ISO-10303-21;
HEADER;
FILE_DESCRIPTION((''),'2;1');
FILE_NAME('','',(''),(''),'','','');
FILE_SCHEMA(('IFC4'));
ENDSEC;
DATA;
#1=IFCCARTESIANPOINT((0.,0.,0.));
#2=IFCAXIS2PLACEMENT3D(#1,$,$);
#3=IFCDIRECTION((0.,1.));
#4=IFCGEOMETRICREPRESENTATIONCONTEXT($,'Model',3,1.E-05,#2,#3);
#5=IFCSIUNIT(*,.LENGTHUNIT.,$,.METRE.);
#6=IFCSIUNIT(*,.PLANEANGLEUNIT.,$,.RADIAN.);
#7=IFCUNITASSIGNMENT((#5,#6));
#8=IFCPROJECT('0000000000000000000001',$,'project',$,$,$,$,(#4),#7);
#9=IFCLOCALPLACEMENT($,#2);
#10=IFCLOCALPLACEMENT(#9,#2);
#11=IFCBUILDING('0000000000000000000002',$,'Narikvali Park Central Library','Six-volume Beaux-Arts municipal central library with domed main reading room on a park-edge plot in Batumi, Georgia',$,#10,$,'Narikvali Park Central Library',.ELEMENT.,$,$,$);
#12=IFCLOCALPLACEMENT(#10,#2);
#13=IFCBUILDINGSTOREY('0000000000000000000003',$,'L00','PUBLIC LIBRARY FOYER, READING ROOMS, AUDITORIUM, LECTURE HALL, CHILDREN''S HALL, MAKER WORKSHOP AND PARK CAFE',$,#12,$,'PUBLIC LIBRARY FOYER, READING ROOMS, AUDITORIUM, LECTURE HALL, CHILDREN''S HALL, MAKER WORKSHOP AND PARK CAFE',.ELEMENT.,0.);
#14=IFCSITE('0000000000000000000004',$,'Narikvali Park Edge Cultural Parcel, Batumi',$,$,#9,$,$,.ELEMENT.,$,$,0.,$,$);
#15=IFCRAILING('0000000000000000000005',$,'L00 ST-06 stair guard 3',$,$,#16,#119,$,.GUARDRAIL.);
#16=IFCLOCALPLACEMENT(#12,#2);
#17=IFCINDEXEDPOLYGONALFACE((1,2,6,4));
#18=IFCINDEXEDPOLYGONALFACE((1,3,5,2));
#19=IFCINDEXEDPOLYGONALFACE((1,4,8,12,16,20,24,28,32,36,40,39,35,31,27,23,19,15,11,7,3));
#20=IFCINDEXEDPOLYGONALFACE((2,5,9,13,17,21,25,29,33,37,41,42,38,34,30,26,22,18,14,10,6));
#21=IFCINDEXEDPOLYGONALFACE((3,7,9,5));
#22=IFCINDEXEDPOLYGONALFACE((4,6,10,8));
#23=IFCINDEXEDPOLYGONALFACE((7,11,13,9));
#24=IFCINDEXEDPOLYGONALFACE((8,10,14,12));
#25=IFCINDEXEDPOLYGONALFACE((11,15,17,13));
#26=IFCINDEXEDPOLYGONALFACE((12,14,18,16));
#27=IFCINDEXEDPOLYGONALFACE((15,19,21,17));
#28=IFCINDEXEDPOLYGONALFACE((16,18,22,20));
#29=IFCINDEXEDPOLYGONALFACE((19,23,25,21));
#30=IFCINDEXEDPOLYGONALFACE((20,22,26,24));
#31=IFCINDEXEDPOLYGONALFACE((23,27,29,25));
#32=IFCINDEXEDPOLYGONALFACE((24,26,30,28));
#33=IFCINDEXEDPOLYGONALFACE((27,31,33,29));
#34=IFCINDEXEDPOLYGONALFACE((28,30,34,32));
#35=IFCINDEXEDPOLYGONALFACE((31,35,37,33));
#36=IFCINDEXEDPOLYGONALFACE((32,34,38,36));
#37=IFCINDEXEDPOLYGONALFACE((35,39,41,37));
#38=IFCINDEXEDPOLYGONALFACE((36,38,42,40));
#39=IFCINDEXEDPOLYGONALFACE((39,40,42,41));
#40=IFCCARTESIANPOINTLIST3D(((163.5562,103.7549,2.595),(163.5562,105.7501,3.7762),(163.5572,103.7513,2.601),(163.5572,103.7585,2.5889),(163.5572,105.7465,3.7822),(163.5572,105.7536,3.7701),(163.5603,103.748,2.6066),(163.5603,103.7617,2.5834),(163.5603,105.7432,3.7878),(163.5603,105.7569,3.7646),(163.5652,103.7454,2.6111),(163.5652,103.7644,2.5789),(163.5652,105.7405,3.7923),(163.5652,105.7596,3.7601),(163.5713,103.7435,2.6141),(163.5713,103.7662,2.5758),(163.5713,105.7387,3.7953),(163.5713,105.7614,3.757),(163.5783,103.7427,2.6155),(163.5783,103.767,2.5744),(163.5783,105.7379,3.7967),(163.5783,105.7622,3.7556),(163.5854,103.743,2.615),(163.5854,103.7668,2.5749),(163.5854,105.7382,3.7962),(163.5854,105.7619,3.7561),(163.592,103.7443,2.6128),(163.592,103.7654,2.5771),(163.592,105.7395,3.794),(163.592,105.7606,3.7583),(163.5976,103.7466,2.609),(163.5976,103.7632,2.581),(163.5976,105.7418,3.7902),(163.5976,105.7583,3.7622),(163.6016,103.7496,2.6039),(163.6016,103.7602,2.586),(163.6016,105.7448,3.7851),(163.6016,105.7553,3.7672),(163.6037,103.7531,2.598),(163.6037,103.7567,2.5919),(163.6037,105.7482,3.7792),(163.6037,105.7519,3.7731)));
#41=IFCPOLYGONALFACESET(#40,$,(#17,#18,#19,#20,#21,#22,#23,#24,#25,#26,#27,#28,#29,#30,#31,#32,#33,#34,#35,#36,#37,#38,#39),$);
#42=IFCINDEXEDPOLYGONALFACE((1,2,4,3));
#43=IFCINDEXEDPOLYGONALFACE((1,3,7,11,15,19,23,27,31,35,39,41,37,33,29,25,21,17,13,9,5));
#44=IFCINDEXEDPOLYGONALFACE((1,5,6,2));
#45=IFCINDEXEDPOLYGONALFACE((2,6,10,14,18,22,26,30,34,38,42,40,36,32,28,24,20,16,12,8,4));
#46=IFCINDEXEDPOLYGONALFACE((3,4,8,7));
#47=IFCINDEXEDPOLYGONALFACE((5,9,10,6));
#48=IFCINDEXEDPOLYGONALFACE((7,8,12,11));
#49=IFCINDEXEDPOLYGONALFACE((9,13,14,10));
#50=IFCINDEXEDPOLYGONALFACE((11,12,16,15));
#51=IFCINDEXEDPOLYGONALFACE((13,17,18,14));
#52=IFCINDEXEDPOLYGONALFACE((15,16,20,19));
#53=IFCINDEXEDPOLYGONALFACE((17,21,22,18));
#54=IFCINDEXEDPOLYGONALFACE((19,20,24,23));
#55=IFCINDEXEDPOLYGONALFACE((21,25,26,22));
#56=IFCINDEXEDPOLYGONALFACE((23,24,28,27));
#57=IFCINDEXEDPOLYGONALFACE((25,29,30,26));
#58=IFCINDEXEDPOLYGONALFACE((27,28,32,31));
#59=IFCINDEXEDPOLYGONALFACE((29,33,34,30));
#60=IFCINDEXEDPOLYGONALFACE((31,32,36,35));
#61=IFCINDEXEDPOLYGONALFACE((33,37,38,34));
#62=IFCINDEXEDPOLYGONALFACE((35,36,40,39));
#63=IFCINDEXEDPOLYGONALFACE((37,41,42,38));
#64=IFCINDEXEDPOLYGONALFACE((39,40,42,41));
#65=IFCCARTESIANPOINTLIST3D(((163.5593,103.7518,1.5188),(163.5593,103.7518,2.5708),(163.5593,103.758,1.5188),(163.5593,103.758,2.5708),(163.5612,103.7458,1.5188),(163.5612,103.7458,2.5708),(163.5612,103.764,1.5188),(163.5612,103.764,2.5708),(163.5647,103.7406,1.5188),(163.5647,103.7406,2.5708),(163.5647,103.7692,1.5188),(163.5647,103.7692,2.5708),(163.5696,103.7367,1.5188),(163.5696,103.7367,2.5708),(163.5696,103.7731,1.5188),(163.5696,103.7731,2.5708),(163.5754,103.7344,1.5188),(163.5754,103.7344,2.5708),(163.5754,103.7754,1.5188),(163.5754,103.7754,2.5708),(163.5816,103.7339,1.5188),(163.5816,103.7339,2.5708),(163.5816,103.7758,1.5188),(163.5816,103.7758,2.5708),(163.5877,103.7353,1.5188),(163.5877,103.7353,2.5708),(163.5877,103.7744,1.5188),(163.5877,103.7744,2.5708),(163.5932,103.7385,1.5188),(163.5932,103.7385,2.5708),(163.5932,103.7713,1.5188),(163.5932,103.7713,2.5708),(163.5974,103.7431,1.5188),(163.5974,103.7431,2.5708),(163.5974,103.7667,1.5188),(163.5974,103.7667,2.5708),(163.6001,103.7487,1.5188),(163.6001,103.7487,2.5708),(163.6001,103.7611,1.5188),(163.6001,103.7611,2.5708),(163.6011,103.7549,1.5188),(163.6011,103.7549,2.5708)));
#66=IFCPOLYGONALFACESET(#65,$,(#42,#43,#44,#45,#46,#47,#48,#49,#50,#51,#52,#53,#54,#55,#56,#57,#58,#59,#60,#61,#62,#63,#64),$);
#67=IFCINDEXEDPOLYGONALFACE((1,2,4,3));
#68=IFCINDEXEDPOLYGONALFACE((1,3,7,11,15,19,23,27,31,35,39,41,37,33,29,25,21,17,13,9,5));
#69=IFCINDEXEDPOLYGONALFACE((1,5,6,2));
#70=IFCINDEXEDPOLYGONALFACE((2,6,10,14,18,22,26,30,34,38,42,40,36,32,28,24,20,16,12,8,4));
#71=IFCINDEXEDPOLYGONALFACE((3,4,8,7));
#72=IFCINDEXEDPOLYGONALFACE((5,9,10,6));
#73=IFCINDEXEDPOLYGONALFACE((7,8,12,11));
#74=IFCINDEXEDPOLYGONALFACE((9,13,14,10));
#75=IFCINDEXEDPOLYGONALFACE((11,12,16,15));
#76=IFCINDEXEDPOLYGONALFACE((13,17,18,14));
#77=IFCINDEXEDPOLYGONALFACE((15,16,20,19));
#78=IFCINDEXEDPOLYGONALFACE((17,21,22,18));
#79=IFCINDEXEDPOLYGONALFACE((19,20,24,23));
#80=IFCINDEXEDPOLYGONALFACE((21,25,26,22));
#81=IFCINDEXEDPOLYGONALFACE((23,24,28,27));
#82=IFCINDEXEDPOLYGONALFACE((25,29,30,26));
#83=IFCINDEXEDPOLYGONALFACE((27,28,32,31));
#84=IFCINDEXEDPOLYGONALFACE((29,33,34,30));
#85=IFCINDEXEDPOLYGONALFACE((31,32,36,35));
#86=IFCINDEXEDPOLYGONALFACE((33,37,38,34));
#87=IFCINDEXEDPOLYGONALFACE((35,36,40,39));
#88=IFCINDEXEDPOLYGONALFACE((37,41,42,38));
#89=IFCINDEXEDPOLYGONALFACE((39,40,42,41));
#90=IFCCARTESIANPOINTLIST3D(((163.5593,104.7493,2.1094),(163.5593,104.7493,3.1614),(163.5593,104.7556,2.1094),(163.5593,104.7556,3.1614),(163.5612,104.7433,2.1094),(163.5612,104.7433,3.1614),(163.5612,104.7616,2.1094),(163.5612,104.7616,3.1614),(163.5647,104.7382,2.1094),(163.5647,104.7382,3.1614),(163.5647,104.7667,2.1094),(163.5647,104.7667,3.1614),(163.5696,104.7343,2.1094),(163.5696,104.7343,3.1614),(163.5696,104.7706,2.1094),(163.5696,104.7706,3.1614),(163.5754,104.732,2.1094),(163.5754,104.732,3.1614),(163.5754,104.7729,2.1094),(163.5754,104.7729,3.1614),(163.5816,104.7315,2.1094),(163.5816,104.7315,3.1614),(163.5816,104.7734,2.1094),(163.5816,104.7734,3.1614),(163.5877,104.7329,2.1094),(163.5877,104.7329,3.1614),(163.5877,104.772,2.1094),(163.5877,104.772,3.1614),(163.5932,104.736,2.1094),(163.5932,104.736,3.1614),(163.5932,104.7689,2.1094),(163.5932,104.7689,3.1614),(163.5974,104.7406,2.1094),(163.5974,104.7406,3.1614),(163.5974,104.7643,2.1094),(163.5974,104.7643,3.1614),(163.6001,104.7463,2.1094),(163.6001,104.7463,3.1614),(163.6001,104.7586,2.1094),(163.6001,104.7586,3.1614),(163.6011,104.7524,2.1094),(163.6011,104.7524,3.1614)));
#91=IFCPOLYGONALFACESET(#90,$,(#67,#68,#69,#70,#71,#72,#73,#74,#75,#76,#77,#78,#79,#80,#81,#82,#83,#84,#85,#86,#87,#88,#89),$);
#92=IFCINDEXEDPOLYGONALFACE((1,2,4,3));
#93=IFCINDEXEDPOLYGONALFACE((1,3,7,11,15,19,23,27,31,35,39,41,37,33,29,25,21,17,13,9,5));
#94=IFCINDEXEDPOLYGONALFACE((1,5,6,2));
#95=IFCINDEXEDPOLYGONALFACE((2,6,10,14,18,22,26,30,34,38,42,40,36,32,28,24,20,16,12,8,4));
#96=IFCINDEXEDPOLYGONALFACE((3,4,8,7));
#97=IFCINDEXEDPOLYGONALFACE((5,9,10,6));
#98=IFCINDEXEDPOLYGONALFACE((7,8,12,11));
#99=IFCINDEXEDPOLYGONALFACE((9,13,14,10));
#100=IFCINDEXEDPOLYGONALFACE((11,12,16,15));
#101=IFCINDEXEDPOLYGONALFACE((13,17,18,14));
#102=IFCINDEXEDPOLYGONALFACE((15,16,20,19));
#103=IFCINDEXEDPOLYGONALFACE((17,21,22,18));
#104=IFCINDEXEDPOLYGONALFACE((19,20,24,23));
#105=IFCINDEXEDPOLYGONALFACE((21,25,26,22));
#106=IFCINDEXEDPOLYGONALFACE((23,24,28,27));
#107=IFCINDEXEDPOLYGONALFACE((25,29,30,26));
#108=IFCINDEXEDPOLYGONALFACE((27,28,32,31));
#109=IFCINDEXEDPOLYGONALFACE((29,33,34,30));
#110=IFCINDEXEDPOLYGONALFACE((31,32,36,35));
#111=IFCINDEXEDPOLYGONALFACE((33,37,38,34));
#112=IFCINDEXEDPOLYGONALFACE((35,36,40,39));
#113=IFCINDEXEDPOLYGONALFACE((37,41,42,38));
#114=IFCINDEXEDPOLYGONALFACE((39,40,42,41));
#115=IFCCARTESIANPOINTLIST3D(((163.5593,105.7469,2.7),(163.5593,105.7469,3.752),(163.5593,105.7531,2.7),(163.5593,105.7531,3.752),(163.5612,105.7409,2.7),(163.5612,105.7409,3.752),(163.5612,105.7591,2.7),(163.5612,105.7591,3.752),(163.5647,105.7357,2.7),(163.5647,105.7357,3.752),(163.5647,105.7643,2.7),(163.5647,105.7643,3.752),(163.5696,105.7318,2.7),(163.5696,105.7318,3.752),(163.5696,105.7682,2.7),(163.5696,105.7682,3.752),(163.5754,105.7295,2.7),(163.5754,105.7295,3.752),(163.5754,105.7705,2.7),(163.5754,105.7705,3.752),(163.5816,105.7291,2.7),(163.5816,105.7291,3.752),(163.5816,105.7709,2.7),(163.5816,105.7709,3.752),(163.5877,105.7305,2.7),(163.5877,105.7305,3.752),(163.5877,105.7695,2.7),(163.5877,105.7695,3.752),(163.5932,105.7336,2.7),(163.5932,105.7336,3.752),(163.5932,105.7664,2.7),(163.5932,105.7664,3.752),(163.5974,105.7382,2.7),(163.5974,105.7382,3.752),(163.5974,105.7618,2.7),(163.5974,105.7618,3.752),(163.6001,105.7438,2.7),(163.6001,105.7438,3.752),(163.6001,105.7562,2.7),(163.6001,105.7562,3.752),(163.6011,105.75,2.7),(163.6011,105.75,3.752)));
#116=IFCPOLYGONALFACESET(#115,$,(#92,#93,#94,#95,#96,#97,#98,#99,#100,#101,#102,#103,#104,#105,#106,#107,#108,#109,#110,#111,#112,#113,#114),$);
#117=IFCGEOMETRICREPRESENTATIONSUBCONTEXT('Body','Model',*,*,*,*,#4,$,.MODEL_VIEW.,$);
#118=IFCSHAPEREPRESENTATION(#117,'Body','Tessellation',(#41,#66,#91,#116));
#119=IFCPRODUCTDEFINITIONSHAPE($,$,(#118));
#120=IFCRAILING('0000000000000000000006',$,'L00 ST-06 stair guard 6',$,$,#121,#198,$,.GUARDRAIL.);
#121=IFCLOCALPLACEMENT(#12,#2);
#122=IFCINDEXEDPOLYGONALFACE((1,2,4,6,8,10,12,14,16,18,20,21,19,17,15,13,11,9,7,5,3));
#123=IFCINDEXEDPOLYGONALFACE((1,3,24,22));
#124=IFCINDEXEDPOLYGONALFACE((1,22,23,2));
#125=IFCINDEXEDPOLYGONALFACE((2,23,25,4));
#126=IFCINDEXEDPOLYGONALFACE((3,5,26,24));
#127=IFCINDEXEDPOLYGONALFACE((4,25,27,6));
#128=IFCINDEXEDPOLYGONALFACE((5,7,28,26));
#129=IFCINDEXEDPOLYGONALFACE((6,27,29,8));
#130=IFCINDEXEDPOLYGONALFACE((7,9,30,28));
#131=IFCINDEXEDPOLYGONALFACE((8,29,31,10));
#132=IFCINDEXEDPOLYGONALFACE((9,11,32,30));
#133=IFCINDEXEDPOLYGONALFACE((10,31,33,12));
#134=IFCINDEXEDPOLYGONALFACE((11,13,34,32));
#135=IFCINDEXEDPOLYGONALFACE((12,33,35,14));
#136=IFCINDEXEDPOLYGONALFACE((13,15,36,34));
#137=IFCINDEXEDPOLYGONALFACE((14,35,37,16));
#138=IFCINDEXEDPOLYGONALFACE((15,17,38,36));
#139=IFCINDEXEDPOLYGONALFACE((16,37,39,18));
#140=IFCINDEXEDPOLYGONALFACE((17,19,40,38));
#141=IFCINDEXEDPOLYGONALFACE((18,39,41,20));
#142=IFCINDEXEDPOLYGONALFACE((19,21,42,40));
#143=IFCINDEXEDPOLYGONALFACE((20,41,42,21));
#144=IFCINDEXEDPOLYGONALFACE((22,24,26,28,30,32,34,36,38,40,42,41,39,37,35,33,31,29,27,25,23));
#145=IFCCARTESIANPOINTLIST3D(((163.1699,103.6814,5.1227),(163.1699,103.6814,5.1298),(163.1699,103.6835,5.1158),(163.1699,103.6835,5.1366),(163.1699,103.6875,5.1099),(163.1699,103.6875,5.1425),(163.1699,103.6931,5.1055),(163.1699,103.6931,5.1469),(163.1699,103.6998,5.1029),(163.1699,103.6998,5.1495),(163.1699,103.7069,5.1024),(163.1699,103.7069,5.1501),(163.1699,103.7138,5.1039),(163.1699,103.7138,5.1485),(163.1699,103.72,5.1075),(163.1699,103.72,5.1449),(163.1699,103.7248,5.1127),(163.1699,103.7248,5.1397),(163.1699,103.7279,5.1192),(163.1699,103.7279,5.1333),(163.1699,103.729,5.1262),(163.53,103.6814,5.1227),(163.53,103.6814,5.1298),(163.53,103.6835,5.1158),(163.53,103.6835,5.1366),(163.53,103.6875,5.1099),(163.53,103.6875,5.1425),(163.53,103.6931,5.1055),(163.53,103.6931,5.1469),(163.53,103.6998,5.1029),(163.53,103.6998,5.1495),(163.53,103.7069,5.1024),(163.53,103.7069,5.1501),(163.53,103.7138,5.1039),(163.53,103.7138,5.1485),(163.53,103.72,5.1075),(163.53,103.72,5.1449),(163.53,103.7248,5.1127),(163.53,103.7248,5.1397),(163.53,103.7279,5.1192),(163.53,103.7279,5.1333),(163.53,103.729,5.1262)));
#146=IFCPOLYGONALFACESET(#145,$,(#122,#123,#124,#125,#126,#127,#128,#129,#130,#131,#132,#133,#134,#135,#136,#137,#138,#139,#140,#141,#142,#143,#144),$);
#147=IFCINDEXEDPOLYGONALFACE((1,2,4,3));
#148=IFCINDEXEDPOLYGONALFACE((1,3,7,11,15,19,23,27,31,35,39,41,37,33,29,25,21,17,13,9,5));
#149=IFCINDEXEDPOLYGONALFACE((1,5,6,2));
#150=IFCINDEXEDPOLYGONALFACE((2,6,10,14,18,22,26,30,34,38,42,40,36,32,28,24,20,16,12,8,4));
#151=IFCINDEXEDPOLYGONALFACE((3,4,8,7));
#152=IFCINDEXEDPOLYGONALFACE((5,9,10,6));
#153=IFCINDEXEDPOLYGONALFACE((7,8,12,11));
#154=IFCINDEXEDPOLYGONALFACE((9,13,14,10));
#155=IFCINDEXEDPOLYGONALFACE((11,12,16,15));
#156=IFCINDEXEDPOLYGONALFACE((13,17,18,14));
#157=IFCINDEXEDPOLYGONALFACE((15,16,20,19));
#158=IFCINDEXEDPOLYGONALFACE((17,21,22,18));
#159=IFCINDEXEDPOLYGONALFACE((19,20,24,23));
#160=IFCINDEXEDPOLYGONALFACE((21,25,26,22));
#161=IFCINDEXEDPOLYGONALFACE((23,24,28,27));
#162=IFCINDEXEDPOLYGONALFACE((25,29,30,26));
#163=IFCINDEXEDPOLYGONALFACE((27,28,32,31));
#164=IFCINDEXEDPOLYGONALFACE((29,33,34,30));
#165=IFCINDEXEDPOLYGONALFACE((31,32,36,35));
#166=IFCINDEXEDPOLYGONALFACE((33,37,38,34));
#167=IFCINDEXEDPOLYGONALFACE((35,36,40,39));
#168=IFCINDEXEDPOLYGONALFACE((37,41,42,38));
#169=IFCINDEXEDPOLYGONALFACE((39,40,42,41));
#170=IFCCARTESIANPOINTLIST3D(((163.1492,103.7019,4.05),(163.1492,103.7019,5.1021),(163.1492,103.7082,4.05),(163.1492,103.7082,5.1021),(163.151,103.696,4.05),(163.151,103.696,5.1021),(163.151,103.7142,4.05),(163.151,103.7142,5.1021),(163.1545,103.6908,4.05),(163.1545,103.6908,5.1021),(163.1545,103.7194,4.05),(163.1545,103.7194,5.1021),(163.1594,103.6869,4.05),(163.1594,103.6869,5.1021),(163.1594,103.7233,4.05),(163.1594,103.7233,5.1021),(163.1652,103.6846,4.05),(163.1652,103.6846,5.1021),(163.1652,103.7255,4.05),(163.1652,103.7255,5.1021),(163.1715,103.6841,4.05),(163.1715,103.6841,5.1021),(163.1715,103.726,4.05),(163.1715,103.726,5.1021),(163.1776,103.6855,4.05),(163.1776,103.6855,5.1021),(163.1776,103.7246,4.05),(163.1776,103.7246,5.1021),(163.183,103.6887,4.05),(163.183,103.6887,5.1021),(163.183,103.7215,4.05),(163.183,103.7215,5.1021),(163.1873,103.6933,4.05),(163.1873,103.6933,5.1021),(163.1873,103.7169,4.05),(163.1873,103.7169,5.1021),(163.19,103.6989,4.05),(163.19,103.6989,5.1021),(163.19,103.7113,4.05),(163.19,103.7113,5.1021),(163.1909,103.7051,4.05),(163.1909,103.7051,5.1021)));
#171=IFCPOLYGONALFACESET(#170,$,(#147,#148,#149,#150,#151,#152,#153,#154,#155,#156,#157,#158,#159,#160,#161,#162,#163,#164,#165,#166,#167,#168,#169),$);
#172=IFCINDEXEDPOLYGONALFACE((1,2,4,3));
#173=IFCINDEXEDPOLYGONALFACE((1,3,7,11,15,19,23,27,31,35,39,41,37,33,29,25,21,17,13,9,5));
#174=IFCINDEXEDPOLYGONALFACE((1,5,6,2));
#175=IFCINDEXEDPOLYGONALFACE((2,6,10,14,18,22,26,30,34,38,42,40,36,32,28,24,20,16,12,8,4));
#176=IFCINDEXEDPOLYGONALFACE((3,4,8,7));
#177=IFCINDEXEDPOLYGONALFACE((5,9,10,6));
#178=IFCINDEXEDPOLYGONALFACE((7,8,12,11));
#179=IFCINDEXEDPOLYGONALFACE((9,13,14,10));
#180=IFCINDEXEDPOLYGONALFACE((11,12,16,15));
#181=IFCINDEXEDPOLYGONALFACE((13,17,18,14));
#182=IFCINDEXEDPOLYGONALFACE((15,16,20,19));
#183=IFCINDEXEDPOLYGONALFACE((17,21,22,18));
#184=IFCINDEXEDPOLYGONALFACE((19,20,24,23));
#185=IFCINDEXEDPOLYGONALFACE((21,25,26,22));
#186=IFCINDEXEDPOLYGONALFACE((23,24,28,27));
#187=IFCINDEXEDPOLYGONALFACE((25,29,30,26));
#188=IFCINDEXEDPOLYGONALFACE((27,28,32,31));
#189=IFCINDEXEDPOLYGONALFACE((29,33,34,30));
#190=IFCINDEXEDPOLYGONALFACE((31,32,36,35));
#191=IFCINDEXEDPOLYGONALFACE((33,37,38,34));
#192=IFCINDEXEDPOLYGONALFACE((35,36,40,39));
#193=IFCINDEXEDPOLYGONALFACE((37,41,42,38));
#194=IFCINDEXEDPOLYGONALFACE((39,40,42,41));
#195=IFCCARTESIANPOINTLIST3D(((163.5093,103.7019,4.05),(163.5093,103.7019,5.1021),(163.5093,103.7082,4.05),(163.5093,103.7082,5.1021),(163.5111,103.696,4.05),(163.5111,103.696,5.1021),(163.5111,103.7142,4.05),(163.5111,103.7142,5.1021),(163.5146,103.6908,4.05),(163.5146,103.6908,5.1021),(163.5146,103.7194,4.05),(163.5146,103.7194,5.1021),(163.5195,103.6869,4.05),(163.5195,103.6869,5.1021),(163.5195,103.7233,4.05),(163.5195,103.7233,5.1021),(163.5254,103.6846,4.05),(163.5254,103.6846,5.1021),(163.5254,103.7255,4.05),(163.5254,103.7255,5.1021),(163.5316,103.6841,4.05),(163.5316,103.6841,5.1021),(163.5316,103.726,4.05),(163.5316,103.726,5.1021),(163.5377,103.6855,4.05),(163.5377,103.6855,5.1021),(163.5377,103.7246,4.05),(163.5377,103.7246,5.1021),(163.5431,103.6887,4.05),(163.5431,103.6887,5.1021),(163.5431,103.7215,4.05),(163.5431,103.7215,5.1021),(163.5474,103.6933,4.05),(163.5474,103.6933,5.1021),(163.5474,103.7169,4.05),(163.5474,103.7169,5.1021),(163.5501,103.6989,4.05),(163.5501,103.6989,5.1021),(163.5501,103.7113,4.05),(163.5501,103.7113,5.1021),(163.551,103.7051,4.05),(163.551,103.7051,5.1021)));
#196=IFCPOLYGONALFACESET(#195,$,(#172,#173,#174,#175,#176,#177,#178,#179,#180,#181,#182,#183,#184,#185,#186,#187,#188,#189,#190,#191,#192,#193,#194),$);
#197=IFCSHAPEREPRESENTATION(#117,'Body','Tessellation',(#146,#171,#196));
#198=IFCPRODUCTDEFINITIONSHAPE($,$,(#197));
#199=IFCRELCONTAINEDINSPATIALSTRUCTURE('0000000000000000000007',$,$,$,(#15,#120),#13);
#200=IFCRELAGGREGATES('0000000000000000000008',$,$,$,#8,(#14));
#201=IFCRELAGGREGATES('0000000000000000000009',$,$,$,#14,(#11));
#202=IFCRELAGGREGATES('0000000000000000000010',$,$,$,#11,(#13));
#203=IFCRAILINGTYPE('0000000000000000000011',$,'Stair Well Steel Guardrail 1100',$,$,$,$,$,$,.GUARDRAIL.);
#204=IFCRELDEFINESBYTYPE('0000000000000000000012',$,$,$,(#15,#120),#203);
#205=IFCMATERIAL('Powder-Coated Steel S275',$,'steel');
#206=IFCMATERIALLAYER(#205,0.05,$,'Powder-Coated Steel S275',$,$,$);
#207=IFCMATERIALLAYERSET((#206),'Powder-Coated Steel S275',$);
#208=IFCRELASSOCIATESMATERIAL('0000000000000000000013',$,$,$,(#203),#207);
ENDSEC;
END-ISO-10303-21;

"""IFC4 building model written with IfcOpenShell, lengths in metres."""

from ifc_helpers import new_model, si_unit, direction, frame, origin, origin_2d, place, context, subcontext, project, spatial, circle, extrude, material, layer, layer_set, type_object, element, save


model = new_model("IFC4")

# Units and contexts
model_context = context("Model", 3, precision=1e-05, world=origin(), true_north=direction((0.0, 1.0)))
body_context = subcontext(model_context, "Body", "Model", "MODEL_VIEW")
ifc_project = project(units=[si_unit("LENGTHUNIT", "METRE"), si_unit("PLANEANGLEUNIT", "RADIAN")], contexts=[model_context])

# Site, building, storey
site_placement = place(None, origin())
site = spatial("IfcSite", under=ifc_project, at=site_placement, Name="Narikvali Park Edge Cultural Parcel, Batumi", CompositionType="ELEMENT", RefElevation=0.0)
building_placement = place(site_placement, origin())
building = spatial("IfcBuilding", under=site, at=building_placement, Name="Narikvali Park Central Library", Description="Six-volume Beaux-Arts municipal central library with domed main reading room on a park-edge plot in Batumi, Georgia", LongName="Narikvali Park Central Library", CompositionType="ELEMENT")
storey_placement = place(building_placement, origin())
storey = spatial("IfcBuildingStorey", under=building, at=storey_placement, Name="L00", Description="PUBLIC LIBRARY FOYER, READING ROOMS, AUDITORIUM, LECTURE HALL, CHILDREN'S HALL, MAKER WORKSHOP AND PARK CAFE", LongName="PUBLIC LIBRARY FOYER, READING ROOMS, AUDITORIUM, LECTURE HALL, CHILDREN'S HALL, MAKER WORKSHOP AND PARK CAFE", CompositionType="ELEMENT", Elevation=0.0)

# Railings
ifc_material_1 = material(Name="Powder-Coated Steel S275", Category="steel")
ifc_layer_1 = layer(ifc_material_1, 0.05, Name="Powder-Coated Steel S275")
ifc_layer_set_1 = layer_set([ifc_layer_1], Name="Powder-Coated Steel S275")
railing_type_1 = type_object("IfcRailingType", Name="Stair Well Steel Guardrail 1100", PredefinedType="GUARDRAIL", material=ifc_layer_set_1)
railing_1_placement = place(storey_placement, frame((163.5801, 103.7549, 1.5188)))
element("IfcRailing", 1, at=railing_1_placement, inside=storey, type_object=railing_type_1, Name="L00 ST-06 stair guard 3", PredefinedType="GUARDRAIL", context=body_context, shape_type="SweptSolid", body=[
    extrude(circle(Radius=0.0239, at=origin_2d()), frame((0.0, 0.0, 1.0762), z_axis=(0.0, 0.860507, 0.509439), x_axis=(-1.0, 0.0, 0.0)), (0.0, 0.0, 1.0), 2.3186),
    extrude(circle(Radius=0.021, at=origin_2d()), origin(), (0.0, 0.0, 1.0), 1.052),
    extrude(circle(Radius=0.021, at=origin_2d()), frame((0.0, 0.9976, 0.5906)), (0.0, 0.0, 1.0), 1.052),
    extrude(circle(Radius=0.021, at=origin_2d()), frame((0.0, 1.9951, 1.1812)), (0.0, 0.0, 1.0), 1.052),
])
railing_2_placement = place(storey_placement, frame((163.1699, 103.7051, 4.05)))
element("IfcRailing", 2, at=railing_2_placement, inside=storey, type_object=railing_type_1, Name="L00 ST-06 stair guard 6", PredefinedType="GUARDRAIL", context=body_context, shape_type="SweptSolid", body=[
    extrude(circle(Radius=0.0239, at=origin_2d()), frame((0.0, 0.0, 1.0762), z_axis=(1.0, 0.0, 0.0), x_axis=(0.0, 1.0, 0.0)), (0.0, 0.0, 1.0), 0.3601),
    extrude(circle(Radius=0.021, at=origin_2d()), origin(), (0.0, 0.0, 1.0), 1.052),
    extrude(circle(Radius=0.021, at=origin_2d()), frame((0.3601, 0.0, 0.0)), (0.0, 0.0, 1.0), 1.052),
])

save(model, "model.ifc")
